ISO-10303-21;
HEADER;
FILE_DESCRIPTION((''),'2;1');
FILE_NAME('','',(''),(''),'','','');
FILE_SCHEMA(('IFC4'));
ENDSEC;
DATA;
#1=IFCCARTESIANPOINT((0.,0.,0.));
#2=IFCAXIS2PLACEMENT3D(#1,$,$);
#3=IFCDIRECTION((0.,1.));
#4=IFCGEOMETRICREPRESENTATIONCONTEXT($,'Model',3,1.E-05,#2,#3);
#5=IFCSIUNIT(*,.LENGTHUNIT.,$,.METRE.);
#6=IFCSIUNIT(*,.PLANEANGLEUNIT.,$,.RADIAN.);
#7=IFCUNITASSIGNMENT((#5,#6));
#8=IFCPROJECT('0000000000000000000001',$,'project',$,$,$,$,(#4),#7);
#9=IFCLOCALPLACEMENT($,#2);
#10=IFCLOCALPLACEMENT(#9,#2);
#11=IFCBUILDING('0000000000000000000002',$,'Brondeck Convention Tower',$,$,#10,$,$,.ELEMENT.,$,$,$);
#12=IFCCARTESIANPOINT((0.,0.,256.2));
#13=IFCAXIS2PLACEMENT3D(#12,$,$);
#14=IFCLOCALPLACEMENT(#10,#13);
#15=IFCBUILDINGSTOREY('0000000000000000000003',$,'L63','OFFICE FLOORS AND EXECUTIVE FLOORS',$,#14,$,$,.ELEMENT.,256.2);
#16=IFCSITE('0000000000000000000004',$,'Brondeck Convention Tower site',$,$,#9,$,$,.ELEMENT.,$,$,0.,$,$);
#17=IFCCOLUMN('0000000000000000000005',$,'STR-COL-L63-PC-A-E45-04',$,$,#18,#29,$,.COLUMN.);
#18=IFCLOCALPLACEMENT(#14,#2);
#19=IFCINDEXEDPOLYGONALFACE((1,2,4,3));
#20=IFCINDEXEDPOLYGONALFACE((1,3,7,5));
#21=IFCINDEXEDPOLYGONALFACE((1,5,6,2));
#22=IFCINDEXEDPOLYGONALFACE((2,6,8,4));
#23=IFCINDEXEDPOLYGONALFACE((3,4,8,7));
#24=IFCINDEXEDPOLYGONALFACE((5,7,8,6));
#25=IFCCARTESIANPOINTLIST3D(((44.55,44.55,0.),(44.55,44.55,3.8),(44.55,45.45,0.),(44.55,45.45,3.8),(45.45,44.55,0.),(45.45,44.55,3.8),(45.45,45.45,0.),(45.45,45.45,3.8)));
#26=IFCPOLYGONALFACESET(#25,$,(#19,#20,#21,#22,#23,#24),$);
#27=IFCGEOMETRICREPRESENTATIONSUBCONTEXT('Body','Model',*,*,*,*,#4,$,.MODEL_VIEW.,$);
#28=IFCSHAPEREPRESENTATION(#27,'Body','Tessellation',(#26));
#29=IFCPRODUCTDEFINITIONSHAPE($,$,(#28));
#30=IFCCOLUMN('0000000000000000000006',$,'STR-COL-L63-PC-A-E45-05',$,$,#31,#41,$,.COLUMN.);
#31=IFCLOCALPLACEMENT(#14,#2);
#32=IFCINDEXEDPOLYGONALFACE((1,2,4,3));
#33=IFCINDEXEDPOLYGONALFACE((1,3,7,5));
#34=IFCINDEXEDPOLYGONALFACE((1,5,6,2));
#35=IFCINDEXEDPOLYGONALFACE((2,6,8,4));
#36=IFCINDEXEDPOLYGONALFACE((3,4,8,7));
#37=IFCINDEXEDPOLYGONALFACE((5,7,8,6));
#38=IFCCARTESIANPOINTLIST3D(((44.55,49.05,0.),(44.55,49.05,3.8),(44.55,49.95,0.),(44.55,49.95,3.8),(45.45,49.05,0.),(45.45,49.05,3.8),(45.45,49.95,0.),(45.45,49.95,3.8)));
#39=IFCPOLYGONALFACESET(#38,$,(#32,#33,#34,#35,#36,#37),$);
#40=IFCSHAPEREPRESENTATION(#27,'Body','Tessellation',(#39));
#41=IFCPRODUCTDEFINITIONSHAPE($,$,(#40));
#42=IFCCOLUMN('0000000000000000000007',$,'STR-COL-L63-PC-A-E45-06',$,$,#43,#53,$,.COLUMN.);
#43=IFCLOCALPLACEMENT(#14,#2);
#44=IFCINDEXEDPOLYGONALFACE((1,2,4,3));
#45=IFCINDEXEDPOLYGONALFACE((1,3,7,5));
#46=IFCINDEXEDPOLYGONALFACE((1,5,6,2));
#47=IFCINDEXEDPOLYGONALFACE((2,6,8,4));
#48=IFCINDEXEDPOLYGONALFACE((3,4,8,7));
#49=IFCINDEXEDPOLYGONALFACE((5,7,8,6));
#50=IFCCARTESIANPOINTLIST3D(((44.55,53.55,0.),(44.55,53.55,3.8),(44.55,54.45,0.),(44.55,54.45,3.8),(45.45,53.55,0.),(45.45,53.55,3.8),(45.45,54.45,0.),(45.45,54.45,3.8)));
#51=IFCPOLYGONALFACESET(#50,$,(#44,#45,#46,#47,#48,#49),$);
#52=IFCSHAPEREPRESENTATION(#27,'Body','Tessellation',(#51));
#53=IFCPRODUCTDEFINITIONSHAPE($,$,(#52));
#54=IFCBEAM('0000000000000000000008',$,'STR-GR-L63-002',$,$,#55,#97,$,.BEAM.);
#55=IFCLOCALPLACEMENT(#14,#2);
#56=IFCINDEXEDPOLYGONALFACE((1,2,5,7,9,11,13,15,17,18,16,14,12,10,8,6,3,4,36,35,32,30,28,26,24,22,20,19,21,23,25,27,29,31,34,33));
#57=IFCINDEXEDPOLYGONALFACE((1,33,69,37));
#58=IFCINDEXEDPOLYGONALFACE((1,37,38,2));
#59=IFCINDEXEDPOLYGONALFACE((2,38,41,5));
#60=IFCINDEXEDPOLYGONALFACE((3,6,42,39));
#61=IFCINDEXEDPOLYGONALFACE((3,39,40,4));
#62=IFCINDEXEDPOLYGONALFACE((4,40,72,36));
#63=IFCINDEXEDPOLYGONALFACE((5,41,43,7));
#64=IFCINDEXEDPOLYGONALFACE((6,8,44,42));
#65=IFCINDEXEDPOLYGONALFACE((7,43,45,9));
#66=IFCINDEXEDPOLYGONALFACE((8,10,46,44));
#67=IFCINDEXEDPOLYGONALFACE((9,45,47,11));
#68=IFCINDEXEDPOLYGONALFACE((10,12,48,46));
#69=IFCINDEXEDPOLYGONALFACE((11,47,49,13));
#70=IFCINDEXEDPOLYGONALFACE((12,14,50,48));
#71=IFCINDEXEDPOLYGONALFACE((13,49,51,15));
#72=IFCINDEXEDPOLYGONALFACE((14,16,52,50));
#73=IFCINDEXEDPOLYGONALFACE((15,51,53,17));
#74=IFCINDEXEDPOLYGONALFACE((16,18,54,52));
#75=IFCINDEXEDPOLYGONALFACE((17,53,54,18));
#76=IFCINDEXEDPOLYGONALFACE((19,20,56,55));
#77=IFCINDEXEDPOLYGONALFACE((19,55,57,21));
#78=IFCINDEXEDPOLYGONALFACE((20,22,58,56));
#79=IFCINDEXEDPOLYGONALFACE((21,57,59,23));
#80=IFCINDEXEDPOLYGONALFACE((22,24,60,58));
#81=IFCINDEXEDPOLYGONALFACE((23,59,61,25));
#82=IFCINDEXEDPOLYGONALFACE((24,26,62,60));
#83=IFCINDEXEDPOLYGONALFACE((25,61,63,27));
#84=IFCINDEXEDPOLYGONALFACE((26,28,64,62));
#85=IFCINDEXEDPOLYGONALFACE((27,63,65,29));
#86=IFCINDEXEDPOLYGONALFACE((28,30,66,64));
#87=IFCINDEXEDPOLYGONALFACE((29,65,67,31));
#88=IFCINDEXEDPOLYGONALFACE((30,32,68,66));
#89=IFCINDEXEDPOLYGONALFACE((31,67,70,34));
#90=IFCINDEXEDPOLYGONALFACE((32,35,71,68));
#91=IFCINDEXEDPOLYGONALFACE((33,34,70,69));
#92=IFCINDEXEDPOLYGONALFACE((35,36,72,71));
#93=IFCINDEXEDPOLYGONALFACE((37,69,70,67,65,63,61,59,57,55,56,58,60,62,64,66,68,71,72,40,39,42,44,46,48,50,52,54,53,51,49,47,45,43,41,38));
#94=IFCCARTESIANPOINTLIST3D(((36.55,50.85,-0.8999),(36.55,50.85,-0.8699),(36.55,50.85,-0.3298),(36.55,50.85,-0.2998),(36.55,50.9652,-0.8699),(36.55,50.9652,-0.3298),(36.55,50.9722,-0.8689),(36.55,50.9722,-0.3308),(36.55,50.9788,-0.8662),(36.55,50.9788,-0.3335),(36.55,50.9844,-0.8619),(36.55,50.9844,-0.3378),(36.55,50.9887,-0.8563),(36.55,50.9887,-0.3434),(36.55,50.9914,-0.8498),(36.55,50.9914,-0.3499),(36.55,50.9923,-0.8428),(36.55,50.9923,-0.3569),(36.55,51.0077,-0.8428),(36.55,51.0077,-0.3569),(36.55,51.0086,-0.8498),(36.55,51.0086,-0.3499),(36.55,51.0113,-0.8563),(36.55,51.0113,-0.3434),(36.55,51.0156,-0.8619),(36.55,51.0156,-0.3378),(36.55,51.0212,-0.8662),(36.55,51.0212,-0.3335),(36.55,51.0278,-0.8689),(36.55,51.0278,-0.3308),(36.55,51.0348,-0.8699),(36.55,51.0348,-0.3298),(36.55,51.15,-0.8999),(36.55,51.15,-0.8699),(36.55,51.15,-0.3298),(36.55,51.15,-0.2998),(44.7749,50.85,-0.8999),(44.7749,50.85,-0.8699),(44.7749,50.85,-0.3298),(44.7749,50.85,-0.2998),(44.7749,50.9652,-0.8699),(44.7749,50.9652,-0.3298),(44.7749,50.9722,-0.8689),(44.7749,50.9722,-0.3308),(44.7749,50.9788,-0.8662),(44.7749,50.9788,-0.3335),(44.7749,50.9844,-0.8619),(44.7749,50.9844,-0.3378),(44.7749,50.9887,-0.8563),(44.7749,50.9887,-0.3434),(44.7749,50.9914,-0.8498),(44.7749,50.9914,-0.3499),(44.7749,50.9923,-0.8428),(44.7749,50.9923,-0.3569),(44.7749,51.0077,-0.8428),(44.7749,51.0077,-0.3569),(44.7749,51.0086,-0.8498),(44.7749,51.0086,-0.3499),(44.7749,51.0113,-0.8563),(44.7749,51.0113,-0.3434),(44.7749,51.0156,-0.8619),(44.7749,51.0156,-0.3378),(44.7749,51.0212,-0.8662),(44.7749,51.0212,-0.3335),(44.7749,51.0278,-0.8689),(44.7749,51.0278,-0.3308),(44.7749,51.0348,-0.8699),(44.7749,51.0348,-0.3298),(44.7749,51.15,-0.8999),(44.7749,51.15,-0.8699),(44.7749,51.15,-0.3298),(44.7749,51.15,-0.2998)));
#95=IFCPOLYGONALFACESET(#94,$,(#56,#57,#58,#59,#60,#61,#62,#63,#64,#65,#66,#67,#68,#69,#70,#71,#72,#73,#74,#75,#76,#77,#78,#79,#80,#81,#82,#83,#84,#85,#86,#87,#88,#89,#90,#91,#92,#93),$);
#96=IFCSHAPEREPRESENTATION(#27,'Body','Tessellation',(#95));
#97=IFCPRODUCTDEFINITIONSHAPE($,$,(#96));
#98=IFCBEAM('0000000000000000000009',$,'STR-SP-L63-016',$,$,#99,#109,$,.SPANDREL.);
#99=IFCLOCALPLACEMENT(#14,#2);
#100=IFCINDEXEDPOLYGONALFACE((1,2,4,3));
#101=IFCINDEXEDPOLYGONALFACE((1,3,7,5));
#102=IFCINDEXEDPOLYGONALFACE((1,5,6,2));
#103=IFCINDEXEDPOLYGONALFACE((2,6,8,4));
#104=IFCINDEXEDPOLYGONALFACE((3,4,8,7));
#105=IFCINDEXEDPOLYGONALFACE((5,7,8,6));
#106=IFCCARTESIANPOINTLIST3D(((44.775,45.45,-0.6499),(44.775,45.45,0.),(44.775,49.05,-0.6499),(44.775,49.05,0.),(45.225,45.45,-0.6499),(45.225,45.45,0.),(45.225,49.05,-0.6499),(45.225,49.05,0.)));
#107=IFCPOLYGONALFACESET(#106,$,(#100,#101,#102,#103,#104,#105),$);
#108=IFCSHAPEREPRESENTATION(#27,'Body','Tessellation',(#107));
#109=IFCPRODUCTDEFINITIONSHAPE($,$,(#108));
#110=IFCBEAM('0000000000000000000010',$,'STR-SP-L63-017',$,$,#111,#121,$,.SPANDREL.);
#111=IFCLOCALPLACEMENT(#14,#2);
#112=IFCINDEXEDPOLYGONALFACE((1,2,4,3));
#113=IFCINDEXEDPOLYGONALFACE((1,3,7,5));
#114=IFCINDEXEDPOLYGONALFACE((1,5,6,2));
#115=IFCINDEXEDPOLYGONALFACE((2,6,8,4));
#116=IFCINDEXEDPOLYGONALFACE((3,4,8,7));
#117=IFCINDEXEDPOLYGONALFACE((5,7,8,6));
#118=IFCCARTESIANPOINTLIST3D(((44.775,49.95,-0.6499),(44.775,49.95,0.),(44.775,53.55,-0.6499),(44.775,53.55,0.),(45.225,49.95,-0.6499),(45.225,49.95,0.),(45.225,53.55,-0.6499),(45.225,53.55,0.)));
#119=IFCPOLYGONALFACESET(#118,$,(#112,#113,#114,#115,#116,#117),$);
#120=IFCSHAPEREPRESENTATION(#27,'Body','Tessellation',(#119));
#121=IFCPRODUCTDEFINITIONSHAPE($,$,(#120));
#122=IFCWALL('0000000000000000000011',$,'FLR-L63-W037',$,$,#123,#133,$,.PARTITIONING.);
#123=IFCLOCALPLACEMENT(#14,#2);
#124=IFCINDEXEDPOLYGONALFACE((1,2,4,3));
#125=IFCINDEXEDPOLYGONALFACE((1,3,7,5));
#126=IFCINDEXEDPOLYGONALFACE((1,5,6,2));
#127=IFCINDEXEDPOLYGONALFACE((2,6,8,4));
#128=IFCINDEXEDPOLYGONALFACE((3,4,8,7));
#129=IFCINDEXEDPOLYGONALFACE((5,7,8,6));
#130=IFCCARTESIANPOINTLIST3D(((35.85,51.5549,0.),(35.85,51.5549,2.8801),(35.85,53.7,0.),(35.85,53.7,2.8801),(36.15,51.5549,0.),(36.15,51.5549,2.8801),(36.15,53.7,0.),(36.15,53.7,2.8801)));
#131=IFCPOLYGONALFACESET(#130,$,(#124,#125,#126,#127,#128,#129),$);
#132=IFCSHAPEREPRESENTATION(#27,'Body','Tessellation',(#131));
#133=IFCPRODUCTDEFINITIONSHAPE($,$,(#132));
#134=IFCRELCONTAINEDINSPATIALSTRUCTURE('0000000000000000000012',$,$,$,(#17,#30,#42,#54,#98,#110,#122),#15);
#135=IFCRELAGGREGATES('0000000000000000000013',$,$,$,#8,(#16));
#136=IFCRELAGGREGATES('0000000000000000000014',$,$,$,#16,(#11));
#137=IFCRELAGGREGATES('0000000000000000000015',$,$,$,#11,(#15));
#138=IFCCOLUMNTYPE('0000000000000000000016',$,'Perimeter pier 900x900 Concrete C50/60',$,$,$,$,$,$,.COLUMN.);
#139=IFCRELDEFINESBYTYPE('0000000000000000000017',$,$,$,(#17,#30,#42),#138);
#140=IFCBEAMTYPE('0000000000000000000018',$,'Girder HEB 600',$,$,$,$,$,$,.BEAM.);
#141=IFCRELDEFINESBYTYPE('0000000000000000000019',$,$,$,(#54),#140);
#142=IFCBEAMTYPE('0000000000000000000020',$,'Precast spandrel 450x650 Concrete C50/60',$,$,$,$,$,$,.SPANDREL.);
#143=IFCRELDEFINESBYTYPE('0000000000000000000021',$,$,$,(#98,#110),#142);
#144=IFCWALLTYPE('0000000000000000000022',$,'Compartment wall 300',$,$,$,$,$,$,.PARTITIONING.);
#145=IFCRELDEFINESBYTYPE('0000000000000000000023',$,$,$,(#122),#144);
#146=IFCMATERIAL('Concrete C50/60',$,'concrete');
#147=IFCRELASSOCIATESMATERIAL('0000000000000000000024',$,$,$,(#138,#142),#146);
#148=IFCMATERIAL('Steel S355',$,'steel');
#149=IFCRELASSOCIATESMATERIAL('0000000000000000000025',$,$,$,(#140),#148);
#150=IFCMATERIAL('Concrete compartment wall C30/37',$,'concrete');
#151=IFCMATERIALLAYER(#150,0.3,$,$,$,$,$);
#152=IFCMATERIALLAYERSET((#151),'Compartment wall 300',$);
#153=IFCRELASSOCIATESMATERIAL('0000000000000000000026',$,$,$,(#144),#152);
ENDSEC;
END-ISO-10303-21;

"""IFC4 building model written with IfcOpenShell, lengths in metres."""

from ifc_helpers import new_model, si_unit, direction, frame, frame_2d, origin, origin_2d, place, context, subcontext, project, spatial, rectangle, i_section, extrude, material, layer, layer_set, material_profile, profile_set, type_object, element, save


model = new_model("IFC4")

# Units and contexts
model_context = context("Model", 3, precision=1e-05, world=origin(), true_north=direction((0.0, 1.0)))
body_context = subcontext(model_context, "Body", "Model", "MODEL_VIEW")
ifc_project = project(units=[si_unit("LENGTHUNIT", "METRE"), si_unit("PLANEANGLEUNIT", "RADIAN")], contexts=[model_context])

# Site, building, storey
site_placement = place(None, origin())
site = spatial("IfcSite", under=ifc_project, at=site_placement, Name="Brondeck Convention Tower site", CompositionType="ELEMENT", RefElevation=0.0)
building_placement = place(site_placement, origin())
building = spatial("IfcBuilding", under=site, at=building_placement, Name="Brondeck Convention Tower", CompositionType="ELEMENT")
storey_placement = place(building_placement, frame((0.0, 0.0, 256.2)))
storey = spatial("IfcBuildingStorey", under=building, at=storey_placement, Name="L63", Description="OFFICE FLOORS AND EXECUTIVE FLOORS", CompositionType="ELEMENT", Elevation=256.2)

# Columns
ifc_material_1 = material(Name="Concrete C50/60", Category="concrete")
ifc_material_profile_1 = material_profile(ifc_material_1, rectangle(XDim=0.8999, YDim=0.8999, at=origin_2d()), Name="Perimeter pier 900x900 Concrete C50/60")
ifc_profile_set_1 = profile_set([ifc_material_profile_1], Name="Concrete C50/60")
column_type = type_object("IfcColumnType", Name="Perimeter pier 900x900 Concrete C50/60", PredefinedType="COLUMN", material=ifc_profile_set_1)
for number, where, z_axis, x_axis, name in (
    (1, (45.0, 45.0, 0.0), (0.0, 0.0, 1.0), (0.0, 1.0, 0.0), "STR-COL-L63-PC-A-E45-04"),
    (2, (45.0, 49.5, 0.0), (0.0, 0.0, 1.0), (0.0, 1.0, 0.0), "STR-COL-L63-PC-A-E45-05"),
    (3, (45.0, 54.0, 0.0), (0.0, 0.0, 1.0), (0.0, 1.0, 0.0), "STR-COL-L63-PC-A-E45-06"),
):
    element("IfcColumn", number, at=place(storey_placement, frame(where, z_axis=z_axis, x_axis=x_axis)), inside=storey, type_object=column_type, Name=name, PredefinedType="COLUMN", context=body_context, shape_type="SweptSolid", body=[
        extrude(rectangle(XDim=0.8999, YDim=0.8999, at=origin_2d()), origin(), (0.0, 0.0, 1.0), 3.8),
    ])

# Beams
ifc_material_2 = material(Name="Steel S355", Category="steel")
ifc_material_profile_2 = material_profile(ifc_material_2, i_section(OverallWidth=0.3, OverallDepth=0.6001, WebThickness=0.0154, FlangeThickness=0.03, FilletRadius=0.0271, at=origin_2d()), Name="HEB 600")
ifc_profile_set_2 = profile_set([ifc_material_profile_2], Name="Steel S355")
beam_type_1 = type_object("IfcBeamType", Name="Girder HEB 600", PredefinedType="BEAM", material=ifc_profile_set_2)
beam_placement = place(storey_placement, frame((36.55, 51.0, -0.5999), z_axis=(1.0, 0.0, 0.0), x_axis=(0.0, 1.0, 0.0)))
element("IfcBeam", 4, at=beam_placement, inside=storey, type_object=beam_type_1, Name="STR-GR-L63-002", PredefinedType="BEAM", context=body_context, shape_type="SweptSolid", body=[
    extrude(i_section(OverallWidth=0.3, OverallDepth=0.6001, WebThickness=0.0154, FlangeThickness=0.03, FilletRadius=0.0271, at=origin_2d()), origin(), (0.0, 0.0, 1.0), 8.2249),
])
ifc_material_profile_3 = material_profile(ifc_material_1, rectangle(XDim=0.45, YDim=0.6499, at=origin_2d()), Name="Precast spandrel 450x650 Concrete C50/60")
ifc_profile_set_3 = profile_set([ifc_material_profile_3], Name="Concrete C50/60")
beam_type_2 = type_object("IfcBeamType", Name="Precast spandrel 450x650 Concrete C50/60", PredefinedType="SPANDREL", material=ifc_profile_set_3)
for number, where, z_axis, x_axis, name in (
    (5, (45.0, 45.45, -0.325), (0.0, 1.0, 0.0), (-1.0, 0.0, 0.0), "STR-SP-L63-016"),
    (6, (45.0, 49.95, -0.325), (0.0, 1.0, 0.0), (-1.0, 0.0, 0.0), "STR-SP-L63-017"),
):
    element("IfcBeam", number, at=place(storey_placement, frame(where, z_axis=z_axis, x_axis=x_axis)), inside=storey, type_object=beam_type_2, Name=name, PredefinedType="SPANDREL", context=body_context, shape_type="SweptSolid", body=[
        extrude(rectangle(XDim=0.45, YDim=0.6499, at=origin_2d()), origin(), (0.0, 0.0, 1.0), 3.6001),
    ])

# Wall
ifc_material_3 = material(Name="Concrete compartment wall C30/37", Category="concrete")
ifc_layer_1 = layer(ifc_material_3, 0.3)
ifc_layer_set_1 = layer_set([ifc_layer_1], Name="Compartment wall 300")
wall_type_1 = type_object("IfcWallType", Name="Compartment wall 300", PredefinedType="PARTITIONING", material=ifc_layer_set_1)
wall_1_placement = place(storey_placement, frame((36.0, 51.5549, 0.0), z_axis=(0.0, 0.0, 1.0), x_axis=(0.0, 1.0, 0.0)))
element("IfcWall", 7, at=wall_1_placement, inside=storey, type_object=wall_type_1, Name="FLR-L63-W037", PredefinedType="PARTITIONING", context=body_context, shape_type="SweptSolid", body=[
    extrude(rectangle(XDim=2.145, YDim=0.3, at=frame_2d((1.0725, 0.0))), origin(), (0.0, 0.0, 1.0), 2.8801),
])

save(model, "model.ifc")
